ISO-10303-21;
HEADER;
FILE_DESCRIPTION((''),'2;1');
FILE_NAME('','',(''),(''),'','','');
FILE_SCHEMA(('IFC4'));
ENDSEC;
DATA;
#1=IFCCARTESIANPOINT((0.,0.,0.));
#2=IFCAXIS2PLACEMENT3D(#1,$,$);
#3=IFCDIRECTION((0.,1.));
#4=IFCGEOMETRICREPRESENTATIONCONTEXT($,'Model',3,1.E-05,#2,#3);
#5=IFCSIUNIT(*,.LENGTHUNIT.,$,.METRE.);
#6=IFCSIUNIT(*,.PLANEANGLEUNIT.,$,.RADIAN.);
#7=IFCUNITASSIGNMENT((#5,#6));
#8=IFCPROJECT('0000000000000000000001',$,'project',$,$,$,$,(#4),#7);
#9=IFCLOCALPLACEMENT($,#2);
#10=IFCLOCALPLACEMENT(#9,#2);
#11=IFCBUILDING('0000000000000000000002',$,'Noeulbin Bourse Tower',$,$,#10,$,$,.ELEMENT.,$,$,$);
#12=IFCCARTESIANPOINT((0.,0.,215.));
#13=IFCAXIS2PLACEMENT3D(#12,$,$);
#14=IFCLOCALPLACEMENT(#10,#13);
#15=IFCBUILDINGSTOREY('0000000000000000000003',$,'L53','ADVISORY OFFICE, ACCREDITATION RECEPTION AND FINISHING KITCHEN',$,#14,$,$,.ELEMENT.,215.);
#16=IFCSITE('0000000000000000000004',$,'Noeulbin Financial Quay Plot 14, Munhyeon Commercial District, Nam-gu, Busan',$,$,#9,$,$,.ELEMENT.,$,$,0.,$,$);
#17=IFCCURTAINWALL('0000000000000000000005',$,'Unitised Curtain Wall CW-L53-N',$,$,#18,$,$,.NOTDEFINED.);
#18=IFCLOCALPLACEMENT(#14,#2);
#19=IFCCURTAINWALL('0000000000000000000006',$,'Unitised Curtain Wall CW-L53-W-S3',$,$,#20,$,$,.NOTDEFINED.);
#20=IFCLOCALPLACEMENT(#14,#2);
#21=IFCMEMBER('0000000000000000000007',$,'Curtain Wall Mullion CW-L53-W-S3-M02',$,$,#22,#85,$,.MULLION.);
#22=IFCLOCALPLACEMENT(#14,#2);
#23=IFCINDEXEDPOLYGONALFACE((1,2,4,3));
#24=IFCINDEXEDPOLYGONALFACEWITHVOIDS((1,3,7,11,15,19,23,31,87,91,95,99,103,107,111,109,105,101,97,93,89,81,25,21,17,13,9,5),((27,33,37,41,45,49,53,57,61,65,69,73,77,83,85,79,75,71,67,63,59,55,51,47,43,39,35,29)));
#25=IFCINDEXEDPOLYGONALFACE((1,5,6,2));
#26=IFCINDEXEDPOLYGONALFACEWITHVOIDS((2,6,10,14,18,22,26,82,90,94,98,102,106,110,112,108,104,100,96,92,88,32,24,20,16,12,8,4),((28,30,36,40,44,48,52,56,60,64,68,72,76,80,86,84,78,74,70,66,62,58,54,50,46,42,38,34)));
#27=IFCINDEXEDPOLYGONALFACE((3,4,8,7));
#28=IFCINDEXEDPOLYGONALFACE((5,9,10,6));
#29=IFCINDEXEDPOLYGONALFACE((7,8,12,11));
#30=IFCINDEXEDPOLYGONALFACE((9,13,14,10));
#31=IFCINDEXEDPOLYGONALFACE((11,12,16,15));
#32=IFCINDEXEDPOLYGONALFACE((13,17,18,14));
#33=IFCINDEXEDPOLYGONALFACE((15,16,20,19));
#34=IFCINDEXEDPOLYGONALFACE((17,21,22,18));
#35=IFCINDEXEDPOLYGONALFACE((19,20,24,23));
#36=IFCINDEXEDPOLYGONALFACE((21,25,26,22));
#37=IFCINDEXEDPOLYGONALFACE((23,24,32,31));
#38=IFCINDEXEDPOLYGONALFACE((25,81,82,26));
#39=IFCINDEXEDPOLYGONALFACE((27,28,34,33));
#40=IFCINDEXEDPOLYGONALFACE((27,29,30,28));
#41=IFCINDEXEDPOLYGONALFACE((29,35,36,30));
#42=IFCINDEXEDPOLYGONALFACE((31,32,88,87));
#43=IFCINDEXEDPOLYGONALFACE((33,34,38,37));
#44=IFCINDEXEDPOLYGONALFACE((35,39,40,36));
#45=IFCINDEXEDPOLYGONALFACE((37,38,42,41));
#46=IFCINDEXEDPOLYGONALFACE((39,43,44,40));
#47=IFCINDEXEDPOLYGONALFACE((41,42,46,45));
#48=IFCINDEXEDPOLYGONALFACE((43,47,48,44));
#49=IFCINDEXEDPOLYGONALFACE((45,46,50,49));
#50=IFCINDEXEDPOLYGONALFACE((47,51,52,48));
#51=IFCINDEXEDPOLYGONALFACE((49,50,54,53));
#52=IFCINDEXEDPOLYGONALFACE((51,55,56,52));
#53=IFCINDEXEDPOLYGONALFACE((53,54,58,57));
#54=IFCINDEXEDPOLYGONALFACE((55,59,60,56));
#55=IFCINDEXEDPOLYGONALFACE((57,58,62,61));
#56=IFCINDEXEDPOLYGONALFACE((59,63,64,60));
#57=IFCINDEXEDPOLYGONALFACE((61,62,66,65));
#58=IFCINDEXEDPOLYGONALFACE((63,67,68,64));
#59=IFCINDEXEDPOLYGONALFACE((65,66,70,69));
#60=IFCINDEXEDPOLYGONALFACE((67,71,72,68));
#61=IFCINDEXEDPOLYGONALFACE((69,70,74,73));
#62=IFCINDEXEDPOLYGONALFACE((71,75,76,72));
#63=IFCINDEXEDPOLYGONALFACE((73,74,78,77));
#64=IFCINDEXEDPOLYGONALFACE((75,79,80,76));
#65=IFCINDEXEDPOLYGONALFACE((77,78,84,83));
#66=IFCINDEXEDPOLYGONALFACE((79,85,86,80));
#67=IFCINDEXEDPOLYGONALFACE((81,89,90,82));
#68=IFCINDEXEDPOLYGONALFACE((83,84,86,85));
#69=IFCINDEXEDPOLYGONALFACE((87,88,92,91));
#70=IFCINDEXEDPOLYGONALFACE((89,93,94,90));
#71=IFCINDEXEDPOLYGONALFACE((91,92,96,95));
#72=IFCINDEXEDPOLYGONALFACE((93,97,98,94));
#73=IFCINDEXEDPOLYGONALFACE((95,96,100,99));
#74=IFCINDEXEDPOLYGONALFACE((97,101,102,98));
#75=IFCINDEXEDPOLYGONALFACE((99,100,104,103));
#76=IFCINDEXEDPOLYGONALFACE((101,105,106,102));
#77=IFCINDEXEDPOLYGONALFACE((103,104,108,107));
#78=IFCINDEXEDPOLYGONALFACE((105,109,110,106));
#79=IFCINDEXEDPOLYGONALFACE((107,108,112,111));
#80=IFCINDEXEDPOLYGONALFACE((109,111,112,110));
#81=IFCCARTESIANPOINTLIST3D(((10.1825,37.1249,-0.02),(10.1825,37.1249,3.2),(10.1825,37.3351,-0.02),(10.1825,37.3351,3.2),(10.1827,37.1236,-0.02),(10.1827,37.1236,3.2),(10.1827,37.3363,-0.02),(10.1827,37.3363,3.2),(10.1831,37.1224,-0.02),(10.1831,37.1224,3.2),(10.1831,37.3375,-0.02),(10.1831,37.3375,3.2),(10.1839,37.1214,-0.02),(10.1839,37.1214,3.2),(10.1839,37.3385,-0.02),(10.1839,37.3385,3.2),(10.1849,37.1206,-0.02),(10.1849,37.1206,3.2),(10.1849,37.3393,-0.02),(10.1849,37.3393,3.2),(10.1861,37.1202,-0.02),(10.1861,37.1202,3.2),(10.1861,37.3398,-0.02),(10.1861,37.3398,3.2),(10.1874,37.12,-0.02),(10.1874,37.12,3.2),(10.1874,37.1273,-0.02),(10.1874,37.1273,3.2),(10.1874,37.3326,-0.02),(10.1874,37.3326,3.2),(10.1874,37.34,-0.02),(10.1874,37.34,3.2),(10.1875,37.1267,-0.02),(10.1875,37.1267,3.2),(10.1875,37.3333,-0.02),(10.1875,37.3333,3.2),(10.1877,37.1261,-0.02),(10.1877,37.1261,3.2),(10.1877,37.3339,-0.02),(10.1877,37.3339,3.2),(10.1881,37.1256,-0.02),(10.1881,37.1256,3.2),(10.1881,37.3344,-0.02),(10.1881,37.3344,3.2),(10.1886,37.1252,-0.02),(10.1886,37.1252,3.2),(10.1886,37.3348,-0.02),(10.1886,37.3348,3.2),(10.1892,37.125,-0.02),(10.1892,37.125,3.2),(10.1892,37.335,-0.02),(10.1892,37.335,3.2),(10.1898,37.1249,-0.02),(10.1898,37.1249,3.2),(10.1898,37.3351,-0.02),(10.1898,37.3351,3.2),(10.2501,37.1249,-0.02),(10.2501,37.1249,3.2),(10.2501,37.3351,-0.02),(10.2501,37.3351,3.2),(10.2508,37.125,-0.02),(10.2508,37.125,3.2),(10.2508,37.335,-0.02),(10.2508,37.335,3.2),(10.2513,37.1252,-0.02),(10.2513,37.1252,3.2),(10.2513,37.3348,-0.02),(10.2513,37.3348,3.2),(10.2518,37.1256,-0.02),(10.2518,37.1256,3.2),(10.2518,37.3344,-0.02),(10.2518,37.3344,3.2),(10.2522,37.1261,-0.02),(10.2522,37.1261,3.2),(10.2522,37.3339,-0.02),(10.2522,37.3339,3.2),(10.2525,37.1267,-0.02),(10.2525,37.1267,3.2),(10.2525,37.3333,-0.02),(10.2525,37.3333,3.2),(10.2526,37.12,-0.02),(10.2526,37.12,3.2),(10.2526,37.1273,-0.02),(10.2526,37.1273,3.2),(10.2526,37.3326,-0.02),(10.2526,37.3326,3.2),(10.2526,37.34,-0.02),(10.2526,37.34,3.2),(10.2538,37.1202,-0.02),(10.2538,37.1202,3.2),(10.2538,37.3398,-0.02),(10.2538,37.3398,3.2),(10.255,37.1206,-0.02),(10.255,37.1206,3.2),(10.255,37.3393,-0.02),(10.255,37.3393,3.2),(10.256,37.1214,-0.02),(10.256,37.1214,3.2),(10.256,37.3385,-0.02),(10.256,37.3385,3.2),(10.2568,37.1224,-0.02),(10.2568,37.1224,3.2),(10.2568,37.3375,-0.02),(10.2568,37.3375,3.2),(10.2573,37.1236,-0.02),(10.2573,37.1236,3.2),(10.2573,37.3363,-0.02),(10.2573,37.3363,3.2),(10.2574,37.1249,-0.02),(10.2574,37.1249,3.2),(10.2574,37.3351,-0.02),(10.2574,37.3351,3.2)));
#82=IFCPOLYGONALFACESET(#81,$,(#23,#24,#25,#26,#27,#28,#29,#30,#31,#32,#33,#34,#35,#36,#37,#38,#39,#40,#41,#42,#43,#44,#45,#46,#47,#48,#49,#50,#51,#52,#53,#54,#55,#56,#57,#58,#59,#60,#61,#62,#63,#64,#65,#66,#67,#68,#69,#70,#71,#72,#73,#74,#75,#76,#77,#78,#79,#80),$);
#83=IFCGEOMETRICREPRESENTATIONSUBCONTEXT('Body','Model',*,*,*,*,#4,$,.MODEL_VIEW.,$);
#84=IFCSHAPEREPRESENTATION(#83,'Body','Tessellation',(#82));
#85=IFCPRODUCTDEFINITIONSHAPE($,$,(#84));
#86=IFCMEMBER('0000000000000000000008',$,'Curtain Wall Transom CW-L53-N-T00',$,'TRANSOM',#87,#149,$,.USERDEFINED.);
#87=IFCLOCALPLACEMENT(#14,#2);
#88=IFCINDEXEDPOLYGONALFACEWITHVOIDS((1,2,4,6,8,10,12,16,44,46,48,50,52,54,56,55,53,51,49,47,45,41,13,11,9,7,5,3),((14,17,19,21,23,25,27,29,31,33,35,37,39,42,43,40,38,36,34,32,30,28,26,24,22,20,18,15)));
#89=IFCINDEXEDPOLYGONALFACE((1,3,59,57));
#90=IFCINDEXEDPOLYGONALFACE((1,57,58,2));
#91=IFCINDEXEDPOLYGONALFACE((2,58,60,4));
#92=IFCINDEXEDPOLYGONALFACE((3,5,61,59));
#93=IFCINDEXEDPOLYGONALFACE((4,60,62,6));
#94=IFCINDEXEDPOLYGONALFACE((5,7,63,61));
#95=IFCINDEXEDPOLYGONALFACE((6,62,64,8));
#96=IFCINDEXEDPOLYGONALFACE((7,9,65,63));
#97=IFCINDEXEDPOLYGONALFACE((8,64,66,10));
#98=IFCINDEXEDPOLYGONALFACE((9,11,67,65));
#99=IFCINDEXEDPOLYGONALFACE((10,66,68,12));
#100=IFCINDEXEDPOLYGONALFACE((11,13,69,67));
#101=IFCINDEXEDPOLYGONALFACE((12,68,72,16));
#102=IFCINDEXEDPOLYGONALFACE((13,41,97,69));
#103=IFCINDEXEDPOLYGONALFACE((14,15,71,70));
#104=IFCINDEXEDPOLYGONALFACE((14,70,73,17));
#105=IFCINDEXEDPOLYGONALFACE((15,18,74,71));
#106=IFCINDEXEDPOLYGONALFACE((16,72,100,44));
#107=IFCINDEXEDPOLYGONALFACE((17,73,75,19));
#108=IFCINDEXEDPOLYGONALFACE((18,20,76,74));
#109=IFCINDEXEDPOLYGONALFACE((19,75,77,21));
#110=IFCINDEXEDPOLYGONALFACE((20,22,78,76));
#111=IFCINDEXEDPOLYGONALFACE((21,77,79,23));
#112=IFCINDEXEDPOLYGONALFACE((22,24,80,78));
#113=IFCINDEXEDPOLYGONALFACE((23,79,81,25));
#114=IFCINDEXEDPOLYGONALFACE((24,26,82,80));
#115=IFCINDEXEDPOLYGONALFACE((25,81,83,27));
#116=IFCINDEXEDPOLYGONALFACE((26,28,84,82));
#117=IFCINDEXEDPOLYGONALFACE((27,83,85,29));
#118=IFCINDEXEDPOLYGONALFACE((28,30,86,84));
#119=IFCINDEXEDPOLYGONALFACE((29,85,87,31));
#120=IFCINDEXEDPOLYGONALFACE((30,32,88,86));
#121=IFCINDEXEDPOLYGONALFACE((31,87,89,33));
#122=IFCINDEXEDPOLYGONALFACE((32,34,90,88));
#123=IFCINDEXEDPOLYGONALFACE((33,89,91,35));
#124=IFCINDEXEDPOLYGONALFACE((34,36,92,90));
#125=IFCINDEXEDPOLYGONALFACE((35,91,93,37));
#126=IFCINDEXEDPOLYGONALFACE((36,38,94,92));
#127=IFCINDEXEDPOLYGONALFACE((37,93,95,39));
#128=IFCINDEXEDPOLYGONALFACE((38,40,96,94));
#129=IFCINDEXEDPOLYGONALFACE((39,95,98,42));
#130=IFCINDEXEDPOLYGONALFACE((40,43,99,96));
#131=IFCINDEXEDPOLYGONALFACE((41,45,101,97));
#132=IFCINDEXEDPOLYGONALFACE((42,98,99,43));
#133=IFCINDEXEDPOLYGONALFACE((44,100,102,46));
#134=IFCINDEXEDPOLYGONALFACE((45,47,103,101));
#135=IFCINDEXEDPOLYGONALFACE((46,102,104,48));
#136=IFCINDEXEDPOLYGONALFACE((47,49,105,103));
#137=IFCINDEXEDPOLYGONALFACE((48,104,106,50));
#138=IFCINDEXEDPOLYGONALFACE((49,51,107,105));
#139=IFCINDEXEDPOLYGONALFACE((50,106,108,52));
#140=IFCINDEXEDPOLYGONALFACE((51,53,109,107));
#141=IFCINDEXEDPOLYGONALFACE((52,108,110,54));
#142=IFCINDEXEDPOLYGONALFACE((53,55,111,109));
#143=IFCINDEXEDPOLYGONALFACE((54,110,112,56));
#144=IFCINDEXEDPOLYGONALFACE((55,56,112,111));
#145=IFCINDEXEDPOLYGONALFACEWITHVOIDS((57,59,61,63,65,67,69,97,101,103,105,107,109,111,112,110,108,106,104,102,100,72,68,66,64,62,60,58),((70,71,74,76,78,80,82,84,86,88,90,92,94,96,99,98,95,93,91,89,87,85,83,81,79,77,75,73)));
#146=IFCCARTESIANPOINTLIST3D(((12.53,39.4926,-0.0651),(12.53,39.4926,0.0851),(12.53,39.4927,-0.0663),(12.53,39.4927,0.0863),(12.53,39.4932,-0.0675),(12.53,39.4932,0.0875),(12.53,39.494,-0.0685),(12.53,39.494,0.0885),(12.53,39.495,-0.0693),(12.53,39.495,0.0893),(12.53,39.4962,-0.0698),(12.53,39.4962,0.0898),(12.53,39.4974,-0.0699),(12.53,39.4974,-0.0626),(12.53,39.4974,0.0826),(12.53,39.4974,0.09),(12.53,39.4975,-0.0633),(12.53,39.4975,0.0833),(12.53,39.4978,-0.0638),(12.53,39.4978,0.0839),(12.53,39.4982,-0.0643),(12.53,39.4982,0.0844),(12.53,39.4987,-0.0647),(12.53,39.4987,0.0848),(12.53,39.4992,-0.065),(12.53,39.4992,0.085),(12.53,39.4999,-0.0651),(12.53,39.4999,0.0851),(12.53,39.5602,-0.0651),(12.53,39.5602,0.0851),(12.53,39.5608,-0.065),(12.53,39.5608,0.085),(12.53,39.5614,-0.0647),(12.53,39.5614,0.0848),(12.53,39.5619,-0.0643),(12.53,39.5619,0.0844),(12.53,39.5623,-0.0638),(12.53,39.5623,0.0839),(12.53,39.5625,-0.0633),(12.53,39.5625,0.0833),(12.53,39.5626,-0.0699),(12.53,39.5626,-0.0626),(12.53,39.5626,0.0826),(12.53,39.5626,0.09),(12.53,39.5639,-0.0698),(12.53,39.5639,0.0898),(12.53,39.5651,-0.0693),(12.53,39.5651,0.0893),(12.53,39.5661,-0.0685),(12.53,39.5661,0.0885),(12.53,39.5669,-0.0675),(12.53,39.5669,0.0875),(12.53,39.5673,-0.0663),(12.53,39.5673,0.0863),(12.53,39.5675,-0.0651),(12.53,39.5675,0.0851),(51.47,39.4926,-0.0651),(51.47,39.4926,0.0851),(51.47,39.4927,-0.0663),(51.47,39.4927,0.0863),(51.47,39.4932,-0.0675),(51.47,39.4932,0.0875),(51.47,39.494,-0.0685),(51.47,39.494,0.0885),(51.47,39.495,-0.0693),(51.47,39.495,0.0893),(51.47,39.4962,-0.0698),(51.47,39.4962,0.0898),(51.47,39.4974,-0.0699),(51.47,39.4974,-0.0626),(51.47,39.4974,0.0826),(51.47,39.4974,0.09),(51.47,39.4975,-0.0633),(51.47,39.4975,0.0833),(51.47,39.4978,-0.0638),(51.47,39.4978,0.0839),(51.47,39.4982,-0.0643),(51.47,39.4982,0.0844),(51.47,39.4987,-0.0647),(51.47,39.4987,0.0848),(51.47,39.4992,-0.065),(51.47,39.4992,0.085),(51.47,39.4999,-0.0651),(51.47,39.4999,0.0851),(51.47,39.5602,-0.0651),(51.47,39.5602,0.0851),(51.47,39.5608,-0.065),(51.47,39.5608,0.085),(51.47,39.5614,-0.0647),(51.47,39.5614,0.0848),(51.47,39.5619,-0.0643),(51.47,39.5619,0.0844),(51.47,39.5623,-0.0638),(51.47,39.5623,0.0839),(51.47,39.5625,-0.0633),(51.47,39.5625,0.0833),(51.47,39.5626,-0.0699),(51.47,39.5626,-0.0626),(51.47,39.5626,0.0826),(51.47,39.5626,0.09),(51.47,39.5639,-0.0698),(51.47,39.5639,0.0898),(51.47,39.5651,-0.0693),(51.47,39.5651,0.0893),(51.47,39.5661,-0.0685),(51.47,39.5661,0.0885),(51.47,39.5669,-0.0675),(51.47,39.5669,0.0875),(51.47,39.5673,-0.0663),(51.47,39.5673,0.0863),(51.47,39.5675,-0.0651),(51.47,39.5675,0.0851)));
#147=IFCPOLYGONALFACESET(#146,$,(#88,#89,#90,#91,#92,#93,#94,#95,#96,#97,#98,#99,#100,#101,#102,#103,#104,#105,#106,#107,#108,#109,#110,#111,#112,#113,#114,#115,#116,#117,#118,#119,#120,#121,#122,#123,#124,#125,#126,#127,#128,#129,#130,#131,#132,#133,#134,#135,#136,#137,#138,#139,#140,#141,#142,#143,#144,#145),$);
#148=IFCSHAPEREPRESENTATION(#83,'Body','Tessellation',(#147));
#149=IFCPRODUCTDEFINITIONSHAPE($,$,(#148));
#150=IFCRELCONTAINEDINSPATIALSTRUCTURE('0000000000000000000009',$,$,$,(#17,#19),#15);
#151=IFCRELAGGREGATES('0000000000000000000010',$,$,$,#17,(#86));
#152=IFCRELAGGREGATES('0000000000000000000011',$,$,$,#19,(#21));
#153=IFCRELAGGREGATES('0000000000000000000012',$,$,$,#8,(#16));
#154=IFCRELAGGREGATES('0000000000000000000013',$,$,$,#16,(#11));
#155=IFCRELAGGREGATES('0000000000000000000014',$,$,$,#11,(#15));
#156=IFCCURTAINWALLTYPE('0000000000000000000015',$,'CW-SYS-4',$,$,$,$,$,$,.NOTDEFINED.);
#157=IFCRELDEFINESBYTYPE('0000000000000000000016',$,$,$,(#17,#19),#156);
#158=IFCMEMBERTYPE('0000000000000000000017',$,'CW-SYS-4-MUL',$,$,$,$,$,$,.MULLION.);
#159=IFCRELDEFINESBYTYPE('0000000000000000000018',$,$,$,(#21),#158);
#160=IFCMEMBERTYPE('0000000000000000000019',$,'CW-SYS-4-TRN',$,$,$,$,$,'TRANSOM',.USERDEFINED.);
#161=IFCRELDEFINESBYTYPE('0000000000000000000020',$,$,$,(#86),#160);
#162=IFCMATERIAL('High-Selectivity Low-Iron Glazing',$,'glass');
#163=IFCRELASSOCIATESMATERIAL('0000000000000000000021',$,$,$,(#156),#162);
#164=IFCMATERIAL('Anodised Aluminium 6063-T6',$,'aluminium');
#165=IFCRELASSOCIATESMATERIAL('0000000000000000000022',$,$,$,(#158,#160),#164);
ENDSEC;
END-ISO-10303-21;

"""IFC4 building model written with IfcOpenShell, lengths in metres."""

from ifc_helpers import new_model, si_unit, direction, frame, origin, origin_2d, place, context, subcontext, project, spatial, hollow_rectangle, extrude, material, material_profile, profile_set, type_object, element, aggregate, save


model = new_model("IFC4")

# Units and contexts
model_context = context("Model", 3, precision=1e-05, world=origin(), true_north=direction((0.0, 1.0)))
body_context = subcontext(model_context, "Body", "Model", "MODEL_VIEW")
ifc_project = project(units=[si_unit("LENGTHUNIT", "METRE"), si_unit("PLANEANGLEUNIT", "RADIAN")], contexts=[model_context])

# Site, building, storey
site_placement = place(None, origin())
site = spatial("IfcSite", under=ifc_project, at=site_placement, Name="Noeulbin Financial Quay Plot 14, Munhyeon Commercial District, Nam-gu, Busan", CompositionType="ELEMENT", RefElevation=0.0)
building_placement = place(site_placement, origin())
building = spatial("IfcBuilding", under=site, at=building_placement, Name="Noeulbin Bourse Tower", CompositionType="ELEMENT")
storey_placement = place(building_placement, frame((0.0, 0.0, 215.0)))
storey = spatial("IfcBuildingStorey", under=building, at=storey_placement, Name="L53", Description="ADVISORY OFFICE, ACCREDITATION RECEPTION AND FINISHING KITCHEN", CompositionType="ELEMENT", Elevation=215.0)

# Curtain wall
ifc_material_1 = material(Name="High-Selectivity Low-Iron Glazing", Category="glass")
curtain_wall_type = type_object("IfcCurtainWallType", Name="CW-SYS-4", PredefinedType="NOTDEFINED", material=ifc_material_1)
curtain_wall_1_placement = place(storey_placement, origin())
curtain_wall_1 = element("IfcCurtainWall", 1, at=curtain_wall_1_placement, inside=storey, type_object=curtain_wall_type, Name="Unitised Curtain Wall CW-L53-N", PredefinedType="NOTDEFINED")
ifc_material_2 = material(Name="Anodised Aluminium 6063-T6", Category="aluminium")
ifc_material_profile_1 = material_profile(ifc_material_2, hollow_rectangle(XDim=0.075, YDim=0.22, WallThickness=0.0049, InnerFilletRadius=0.0024, OuterFilletRadius=0.0049, at=origin_2d()), Name="ALU-MULL-75x220x5", Category="LoadBearing")
ifc_profile_set_1 = profile_set([ifc_material_profile_1], Name="Anodised Aluminium 6063-T6")
member_type_1 = type_object("IfcMemberType", Name="CW-SYS-4-MUL", PredefinedType="MULLION", material=ifc_profile_set_1)

# Curtain wall, member
curtain_wall_2_placement = place(storey_placement, origin())
curtain_wall_2 = element("IfcCurtainWall", 2, at=curtain_wall_2_placement, inside=storey, type_object=curtain_wall_type, Name="Unitised Curtain Wall CW-L53-W-S3", PredefinedType="NOTDEFINED")
member_1_placement = place(storey_placement, frame((10.22, 37.23, -0.02), z_axis=(0.0, 0.0, 1.0), x_axis=(1.0, 0.0, 0.0)))
member_1 = element("IfcMember", 3, at=member_1_placement, type_object=member_type_1, Name="Curtain Wall Mullion CW-L53-W-S3-M02", PredefinedType="MULLION", context=body_context, shape_type="SweptSolid", body=[
    extrude(hollow_rectangle(XDim=0.075, YDim=0.22, WallThickness=0.0049, InnerFilletRadius=0.0024, OuterFilletRadius=0.0049, at=origin_2d()), origin(), (0.0, 0.0, 1.0), 3.22),
])

# Member
ifc_material_profile_2 = material_profile(ifc_material_2, hollow_rectangle(XDim=0.075, YDim=0.1599, WallThickness=0.0049, InnerFilletRadius=0.0024, OuterFilletRadius=0.0049, at=origin_2d()), Name="ALU-TRAN-75x160x5", Category="LoadBearing")
ifc_profile_set_2 = profile_set([ifc_material_profile_2], Name="Anodised Aluminium 6063-T6")
member_type_2 = type_object("IfcMemberType", Name="CW-SYS-4-TRN", ElementType="TRANSOM", PredefinedType="USERDEFINED", material=ifc_profile_set_2)
member_2_placement = place(storey_placement, frame((12.53, 39.53, 0.01), z_axis=(1.0, 0.0, 0.0), x_axis=(0.0, 1.0, 0.0)))
member_2 = element("IfcMember", 4, at=member_2_placement, type_object=member_type_2, Name="Curtain Wall Transom CW-L53-N-T00", ObjectType="TRANSOM", PredefinedType="USERDEFINED", context=body_context, shape_type="SweptSolid", body=[
    extrude(hollow_rectangle(XDim=0.075, YDim=0.1599, WallThickness=0.0049, InnerFilletRadius=0.0024, OuterFilletRadius=0.0049, at=origin_2d()), origin(), (0.0, 0.0, 1.0), 38.9399),
])

aggregate(curtain_wall_1, [member_2])
aggregate(curtain_wall_2, [member_1])

save(model, "model.ifc")
